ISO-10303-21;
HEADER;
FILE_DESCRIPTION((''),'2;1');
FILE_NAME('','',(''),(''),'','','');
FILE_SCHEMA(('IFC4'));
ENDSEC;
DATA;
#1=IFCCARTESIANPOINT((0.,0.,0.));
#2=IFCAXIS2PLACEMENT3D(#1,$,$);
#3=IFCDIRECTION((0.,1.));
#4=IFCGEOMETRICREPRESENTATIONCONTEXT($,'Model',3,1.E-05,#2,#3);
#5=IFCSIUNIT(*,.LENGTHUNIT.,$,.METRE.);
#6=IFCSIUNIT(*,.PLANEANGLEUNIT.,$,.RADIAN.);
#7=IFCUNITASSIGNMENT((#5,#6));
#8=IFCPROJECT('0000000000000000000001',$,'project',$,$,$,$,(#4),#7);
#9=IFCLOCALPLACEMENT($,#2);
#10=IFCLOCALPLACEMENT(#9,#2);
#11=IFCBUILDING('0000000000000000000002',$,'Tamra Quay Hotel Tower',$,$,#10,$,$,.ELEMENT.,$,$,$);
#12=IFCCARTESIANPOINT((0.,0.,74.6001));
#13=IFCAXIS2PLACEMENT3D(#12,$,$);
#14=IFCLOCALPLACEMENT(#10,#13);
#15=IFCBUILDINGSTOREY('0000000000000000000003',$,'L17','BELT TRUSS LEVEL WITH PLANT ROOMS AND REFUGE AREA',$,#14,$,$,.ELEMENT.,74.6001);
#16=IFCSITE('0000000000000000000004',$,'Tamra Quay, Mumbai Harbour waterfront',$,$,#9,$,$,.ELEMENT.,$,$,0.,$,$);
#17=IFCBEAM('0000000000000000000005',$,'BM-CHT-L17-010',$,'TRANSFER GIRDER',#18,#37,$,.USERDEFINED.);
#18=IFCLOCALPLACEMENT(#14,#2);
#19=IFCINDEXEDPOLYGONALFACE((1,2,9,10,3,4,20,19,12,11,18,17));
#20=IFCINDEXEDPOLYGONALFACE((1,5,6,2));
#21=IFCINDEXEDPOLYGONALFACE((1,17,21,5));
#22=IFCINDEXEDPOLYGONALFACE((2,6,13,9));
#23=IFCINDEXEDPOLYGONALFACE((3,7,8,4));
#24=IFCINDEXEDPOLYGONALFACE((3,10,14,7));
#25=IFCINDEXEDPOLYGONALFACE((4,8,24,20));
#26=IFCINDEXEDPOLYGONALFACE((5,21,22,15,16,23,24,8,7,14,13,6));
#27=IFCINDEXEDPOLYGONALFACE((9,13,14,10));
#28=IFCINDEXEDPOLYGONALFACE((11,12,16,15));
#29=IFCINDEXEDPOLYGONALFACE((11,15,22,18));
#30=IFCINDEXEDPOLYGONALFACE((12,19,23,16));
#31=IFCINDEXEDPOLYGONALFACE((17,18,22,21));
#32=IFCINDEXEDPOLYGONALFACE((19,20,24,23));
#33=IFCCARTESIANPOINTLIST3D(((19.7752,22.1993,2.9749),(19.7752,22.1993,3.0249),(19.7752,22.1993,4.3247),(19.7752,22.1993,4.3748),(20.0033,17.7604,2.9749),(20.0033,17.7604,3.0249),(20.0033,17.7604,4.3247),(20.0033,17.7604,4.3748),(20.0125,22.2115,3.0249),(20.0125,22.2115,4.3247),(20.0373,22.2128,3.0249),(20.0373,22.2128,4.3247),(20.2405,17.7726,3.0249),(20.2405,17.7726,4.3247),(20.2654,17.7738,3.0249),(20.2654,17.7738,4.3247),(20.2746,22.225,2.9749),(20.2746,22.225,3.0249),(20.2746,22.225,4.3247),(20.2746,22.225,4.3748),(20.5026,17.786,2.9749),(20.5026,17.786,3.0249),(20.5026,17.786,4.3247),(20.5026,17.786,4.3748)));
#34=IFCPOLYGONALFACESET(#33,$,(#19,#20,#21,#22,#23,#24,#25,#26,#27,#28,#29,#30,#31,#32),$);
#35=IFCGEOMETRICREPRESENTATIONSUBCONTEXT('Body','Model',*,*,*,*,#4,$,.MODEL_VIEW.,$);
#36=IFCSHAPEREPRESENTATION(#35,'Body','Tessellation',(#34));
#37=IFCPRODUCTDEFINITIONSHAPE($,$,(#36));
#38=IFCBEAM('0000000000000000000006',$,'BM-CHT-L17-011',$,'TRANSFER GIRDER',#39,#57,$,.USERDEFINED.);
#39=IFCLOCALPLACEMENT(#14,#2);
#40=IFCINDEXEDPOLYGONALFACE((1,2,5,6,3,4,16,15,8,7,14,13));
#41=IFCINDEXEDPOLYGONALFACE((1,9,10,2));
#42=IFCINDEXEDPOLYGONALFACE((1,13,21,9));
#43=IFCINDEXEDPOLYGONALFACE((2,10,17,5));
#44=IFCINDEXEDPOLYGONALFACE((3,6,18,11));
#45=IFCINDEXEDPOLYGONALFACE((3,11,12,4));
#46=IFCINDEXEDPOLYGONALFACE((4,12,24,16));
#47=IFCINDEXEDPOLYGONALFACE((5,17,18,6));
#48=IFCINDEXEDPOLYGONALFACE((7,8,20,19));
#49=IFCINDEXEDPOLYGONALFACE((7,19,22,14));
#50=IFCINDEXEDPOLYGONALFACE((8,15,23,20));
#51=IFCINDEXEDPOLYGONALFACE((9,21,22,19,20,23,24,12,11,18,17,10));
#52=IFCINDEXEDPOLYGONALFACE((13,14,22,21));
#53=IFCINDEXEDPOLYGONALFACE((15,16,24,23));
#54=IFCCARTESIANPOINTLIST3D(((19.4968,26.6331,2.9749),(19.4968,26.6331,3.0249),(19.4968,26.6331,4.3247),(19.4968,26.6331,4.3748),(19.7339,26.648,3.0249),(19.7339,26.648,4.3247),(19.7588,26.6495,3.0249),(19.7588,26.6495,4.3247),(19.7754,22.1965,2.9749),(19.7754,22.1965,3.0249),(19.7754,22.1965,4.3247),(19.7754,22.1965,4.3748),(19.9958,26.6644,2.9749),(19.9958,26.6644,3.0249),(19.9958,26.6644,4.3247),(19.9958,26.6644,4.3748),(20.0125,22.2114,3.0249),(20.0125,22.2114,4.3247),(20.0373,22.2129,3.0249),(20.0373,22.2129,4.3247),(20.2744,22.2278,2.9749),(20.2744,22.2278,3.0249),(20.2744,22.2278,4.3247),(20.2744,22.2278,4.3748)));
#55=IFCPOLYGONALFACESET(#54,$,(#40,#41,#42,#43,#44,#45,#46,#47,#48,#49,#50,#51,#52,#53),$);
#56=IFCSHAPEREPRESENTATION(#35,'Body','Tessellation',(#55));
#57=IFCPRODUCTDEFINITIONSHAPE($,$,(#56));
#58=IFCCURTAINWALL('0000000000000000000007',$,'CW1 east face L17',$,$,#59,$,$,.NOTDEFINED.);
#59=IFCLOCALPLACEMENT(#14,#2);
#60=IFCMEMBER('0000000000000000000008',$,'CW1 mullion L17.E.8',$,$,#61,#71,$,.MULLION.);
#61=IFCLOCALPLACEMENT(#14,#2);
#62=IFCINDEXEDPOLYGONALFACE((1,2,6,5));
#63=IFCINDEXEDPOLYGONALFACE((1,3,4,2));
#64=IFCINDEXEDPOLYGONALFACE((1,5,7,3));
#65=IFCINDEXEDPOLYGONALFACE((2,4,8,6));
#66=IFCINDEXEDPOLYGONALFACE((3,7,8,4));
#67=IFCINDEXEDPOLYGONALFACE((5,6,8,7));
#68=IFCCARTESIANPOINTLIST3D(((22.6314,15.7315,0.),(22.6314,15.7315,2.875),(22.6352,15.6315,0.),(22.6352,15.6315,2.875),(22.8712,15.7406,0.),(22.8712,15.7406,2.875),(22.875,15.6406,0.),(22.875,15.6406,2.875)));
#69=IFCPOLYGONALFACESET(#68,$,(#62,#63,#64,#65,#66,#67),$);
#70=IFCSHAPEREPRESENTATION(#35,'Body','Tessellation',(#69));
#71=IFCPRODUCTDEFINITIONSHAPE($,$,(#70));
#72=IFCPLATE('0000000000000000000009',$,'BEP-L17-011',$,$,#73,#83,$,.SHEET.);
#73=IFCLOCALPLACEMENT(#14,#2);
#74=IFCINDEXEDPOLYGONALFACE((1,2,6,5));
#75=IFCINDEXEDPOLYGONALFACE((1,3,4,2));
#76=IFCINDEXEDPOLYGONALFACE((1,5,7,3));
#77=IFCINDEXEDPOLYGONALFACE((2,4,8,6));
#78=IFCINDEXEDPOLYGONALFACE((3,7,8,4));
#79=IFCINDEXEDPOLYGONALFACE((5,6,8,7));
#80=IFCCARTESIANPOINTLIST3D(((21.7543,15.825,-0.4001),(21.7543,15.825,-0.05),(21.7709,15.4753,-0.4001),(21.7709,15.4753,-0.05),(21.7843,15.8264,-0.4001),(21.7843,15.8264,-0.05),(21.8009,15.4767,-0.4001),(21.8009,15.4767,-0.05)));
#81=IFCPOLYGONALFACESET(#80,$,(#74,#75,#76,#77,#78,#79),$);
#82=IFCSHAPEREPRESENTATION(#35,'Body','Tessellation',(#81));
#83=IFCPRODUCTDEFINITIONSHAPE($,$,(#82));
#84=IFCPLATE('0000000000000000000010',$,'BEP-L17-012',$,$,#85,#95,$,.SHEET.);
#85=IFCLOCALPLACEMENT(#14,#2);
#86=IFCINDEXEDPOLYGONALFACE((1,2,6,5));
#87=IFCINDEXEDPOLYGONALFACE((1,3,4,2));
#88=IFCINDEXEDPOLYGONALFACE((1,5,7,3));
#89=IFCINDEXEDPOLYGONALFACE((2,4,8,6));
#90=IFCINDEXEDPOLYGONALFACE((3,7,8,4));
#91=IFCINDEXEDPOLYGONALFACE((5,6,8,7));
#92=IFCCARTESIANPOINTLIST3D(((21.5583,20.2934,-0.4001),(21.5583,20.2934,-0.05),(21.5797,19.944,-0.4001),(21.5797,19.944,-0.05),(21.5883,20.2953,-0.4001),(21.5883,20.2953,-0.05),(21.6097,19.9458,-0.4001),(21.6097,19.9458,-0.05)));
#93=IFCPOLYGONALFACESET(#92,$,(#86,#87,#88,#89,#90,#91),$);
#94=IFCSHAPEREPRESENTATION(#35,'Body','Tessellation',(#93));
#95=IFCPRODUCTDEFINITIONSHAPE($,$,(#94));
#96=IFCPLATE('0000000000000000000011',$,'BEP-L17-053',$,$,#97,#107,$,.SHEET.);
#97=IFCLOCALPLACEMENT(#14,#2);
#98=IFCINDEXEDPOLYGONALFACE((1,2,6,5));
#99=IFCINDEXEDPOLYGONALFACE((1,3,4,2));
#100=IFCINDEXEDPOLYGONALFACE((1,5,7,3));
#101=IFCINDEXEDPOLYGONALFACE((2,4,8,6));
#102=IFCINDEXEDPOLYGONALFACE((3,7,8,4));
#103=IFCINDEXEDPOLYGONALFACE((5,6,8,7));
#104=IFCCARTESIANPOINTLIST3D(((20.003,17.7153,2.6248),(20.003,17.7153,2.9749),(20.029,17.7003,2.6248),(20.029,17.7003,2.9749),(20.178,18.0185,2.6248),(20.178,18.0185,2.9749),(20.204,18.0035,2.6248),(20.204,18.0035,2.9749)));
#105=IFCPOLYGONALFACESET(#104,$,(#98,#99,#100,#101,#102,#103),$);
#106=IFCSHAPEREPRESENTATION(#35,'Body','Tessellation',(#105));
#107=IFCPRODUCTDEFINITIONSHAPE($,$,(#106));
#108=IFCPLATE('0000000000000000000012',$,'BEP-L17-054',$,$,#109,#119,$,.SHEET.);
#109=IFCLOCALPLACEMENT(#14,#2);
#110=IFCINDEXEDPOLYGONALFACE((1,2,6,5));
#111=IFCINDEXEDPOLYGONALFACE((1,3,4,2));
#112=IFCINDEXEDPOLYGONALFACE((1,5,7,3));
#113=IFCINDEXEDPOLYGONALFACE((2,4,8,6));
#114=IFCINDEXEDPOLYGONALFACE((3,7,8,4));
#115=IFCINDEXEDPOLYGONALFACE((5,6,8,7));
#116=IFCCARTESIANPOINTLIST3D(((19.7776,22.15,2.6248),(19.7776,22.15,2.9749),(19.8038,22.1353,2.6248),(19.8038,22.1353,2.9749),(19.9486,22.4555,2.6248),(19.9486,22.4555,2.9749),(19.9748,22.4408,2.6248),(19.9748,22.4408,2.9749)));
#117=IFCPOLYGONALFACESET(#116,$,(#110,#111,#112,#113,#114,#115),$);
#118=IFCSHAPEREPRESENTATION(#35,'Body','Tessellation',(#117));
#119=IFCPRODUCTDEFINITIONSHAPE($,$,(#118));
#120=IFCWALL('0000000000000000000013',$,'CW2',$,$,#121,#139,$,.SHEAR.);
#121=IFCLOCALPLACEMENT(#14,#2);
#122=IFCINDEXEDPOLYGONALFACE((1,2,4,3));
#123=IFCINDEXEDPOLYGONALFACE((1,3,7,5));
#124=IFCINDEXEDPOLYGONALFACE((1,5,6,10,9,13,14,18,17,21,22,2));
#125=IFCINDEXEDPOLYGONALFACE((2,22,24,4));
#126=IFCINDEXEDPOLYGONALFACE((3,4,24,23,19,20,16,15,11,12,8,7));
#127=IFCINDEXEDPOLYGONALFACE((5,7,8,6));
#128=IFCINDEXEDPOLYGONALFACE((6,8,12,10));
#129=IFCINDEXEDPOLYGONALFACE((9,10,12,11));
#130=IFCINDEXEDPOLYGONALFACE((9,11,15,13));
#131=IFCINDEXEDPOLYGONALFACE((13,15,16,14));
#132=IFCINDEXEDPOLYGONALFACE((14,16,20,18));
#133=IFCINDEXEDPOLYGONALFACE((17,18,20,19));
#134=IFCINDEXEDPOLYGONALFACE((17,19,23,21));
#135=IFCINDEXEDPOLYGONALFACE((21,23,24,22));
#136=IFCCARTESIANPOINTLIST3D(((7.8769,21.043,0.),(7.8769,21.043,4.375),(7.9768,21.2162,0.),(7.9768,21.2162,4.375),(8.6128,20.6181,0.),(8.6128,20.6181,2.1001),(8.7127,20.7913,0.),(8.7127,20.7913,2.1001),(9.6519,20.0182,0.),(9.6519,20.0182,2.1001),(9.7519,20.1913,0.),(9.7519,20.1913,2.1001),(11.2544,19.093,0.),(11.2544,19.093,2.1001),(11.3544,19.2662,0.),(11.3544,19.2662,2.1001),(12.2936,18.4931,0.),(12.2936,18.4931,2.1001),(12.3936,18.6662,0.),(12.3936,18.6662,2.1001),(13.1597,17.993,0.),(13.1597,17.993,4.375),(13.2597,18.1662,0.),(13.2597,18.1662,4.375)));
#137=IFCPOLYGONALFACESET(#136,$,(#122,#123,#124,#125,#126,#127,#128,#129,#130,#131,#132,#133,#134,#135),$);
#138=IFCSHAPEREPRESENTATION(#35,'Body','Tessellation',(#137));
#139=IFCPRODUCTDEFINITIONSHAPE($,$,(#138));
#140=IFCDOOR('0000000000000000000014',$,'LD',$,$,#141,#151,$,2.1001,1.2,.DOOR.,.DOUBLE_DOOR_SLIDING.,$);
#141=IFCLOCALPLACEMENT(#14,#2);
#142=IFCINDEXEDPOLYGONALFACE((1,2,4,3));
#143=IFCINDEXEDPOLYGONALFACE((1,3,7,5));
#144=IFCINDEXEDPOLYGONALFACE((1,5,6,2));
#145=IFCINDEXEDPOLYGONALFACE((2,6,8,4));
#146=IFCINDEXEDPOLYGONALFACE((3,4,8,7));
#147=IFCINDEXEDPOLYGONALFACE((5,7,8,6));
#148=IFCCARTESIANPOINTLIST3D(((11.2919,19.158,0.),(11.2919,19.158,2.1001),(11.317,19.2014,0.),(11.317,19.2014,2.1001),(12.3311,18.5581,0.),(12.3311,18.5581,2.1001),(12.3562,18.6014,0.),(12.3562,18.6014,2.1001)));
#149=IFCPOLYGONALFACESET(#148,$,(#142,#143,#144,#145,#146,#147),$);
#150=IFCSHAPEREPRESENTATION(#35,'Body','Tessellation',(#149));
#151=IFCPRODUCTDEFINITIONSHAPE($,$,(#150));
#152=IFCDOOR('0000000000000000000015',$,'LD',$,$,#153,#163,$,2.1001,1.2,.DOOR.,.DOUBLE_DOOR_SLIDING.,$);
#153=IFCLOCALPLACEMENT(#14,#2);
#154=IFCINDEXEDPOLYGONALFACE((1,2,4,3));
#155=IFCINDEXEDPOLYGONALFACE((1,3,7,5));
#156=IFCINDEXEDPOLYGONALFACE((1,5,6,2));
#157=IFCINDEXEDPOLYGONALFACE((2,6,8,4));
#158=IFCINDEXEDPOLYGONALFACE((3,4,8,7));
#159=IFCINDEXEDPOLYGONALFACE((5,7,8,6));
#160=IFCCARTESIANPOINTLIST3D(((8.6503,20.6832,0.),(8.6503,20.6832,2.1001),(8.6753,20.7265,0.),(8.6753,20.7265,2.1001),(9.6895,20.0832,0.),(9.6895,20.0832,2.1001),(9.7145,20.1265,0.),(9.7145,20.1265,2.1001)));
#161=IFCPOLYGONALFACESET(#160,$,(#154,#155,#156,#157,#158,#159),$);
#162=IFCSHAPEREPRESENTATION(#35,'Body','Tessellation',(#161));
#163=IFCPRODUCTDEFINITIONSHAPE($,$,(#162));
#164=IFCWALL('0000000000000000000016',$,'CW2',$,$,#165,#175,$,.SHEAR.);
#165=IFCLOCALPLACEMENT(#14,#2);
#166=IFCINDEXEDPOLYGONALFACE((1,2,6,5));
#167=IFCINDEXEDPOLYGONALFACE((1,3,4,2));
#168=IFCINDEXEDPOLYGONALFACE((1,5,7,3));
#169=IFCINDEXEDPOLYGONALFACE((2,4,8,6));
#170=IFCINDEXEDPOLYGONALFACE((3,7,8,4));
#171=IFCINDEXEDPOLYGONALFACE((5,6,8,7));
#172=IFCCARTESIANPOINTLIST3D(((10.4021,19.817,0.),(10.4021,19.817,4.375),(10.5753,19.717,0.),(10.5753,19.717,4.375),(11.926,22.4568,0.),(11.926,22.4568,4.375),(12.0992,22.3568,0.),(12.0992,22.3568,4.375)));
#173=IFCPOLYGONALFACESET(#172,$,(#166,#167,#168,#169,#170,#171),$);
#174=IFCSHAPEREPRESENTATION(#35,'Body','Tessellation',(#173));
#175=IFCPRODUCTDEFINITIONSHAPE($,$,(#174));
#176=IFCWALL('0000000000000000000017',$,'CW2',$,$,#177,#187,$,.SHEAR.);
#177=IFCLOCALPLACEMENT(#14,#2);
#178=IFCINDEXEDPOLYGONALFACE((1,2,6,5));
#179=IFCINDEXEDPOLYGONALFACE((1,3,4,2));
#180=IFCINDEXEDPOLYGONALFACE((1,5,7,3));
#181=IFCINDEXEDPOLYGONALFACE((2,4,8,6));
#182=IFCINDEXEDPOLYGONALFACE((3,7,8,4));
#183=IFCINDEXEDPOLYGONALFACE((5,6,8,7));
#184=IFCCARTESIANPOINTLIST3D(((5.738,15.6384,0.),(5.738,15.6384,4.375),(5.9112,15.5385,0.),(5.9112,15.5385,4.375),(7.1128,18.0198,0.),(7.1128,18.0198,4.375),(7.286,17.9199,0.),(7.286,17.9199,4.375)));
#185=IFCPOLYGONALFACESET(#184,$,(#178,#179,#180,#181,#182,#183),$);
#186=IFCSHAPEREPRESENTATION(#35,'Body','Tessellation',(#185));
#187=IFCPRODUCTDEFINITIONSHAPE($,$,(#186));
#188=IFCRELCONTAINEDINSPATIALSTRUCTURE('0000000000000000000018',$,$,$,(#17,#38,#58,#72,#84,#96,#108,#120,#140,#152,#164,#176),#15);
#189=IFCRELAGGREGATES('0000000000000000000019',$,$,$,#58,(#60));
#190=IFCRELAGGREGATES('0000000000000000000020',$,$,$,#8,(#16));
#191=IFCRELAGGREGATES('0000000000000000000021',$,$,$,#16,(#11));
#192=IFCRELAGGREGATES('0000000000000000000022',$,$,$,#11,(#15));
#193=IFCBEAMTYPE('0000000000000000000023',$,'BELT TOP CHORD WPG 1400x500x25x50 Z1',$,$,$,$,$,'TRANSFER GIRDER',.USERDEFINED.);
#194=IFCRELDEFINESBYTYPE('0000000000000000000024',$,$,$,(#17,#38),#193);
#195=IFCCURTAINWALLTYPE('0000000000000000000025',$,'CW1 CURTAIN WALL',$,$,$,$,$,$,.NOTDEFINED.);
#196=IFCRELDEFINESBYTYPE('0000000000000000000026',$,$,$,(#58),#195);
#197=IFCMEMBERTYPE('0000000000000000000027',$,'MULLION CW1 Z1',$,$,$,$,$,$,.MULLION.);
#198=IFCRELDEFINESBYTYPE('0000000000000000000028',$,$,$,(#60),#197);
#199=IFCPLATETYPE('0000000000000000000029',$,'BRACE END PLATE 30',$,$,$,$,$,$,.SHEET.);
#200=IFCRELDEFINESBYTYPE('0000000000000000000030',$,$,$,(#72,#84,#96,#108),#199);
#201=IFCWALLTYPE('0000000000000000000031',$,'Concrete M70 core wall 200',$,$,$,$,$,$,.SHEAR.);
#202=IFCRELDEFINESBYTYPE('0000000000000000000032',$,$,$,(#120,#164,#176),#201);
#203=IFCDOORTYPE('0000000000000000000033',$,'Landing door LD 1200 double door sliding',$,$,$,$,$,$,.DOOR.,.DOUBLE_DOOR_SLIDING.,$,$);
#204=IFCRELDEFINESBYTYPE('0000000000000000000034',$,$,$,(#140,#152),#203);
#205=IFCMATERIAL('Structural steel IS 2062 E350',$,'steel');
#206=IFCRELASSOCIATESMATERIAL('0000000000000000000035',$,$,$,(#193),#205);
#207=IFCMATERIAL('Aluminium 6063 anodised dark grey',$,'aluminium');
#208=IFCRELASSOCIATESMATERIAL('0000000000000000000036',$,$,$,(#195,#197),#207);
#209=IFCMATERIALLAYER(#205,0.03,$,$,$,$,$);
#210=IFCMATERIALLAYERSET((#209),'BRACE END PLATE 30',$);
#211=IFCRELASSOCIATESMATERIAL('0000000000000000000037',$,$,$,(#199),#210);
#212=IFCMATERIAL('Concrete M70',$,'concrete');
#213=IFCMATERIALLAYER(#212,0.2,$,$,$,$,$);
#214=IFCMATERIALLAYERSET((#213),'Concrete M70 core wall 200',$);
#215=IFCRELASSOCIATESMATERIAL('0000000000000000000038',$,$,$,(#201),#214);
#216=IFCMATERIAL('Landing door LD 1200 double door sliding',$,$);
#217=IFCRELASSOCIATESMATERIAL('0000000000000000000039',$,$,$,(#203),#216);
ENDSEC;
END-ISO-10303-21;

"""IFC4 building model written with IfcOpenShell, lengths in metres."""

from ifc_helpers import new_model, si_unit, direction, frame, frame_2d, origin, origin_2d, place, context, subcontext, project, spatial, rectangle, i_section, extrude, material, layer, layer_set, material_profile, profile_set, type_object, element, fill, aggregate, save


model = new_model("IFC4")

# Units and contexts
model_context = context("Model", 3, precision=1e-05, world=origin(), true_north=direction((0.0, 1.0)))
body_context = subcontext(model_context, "Body", "Model", "MODEL_VIEW")
ifc_project = project(units=[si_unit("LENGTHUNIT", "METRE"), si_unit("PLANEANGLEUNIT", "RADIAN")], contexts=[model_context])

# Site, building, storey
site_placement = place(None, origin())
site = spatial("IfcSite", under=ifc_project, at=site_placement, Name="Tamra Quay, Mumbai Harbour waterfront", CompositionType="ELEMENT", RefElevation=0.0)
building_placement = place(site_placement, origin())
building = spatial("IfcBuilding", under=site, at=building_placement, Name="Tamra Quay Hotel Tower", CompositionType="ELEMENT")
storey_placement = place(building_placement, frame((0.0, 0.0, 74.6001)))
storey = spatial("IfcBuildingStorey", under=building, at=storey_placement, Name="L17", Description="BELT TRUSS LEVEL WITH PLANT ROOMS AND REFUGE AREA", CompositionType="ELEMENT", Elevation=74.6001)

# Shared definitions
ifc_material_1 = material(Name="Structural steel IS 2062 E350", Category="steel")

# Beams
ifc_material_profile_1 = material_profile(ifc_material_1, i_section(OverallWidth=0.5, OverallDepth=1.3999, WebThickness=0.0249, FlangeThickness=0.05, at=origin_2d()), Name="WPG 1400x500x25x50")
ifc_profile_set_1 = profile_set([ifc_material_profile_1], Name="Structural steel IS 2062 E350")
beam_type_1 = type_object("IfcBeamType", Name="BELT TOP CHORD WPG 1400x500x25x50 Z1", ElementType="TRANSFER GIRDER", PredefinedType="USERDEFINED", material=ifc_profile_set_1)
beam_1_placement = place(storey_placement, frame((20.2529, 17.7732, 3.6748), z_axis=(-0.051302, 0.998683, 0.0), x_axis=(-0.998683, -0.051302, 0.0)))
element("IfcBeam", 1, at=beam_1_placement, inside=storey, type_object=beam_type_1, Name="BM-CHT-L17-010", ObjectType="TRANSFER GIRDER", PredefinedType="USERDEFINED", context=body_context, shape_type="SweptSolid", body=[
    extrude(i_section(OverallWidth=0.5, OverallDepth=1.3999, WebThickness=0.0249, FlangeThickness=0.05, at=origin_2d()), origin(), (0.0, 0.0, 1.0), 4.4448),
])
beam_2_placement = place(storey_placement, frame((20.0249, 22.2122, 3.6748), z_axis=(-0.062665, 0.998035, 0.0), x_axis=(-0.998035, -0.062665, 0.0)))
element("IfcBeam", 2, at=beam_2_placement, inside=storey, type_object=beam_type_1, Name="BM-CHT-L17-011", ObjectType="TRANSFER GIRDER", PredefinedType="USERDEFINED", context=body_context, shape_type="SweptSolid", body=[
    extrude(i_section(OverallWidth=0.5, OverallDepth=1.3999, WebThickness=0.0249, FlangeThickness=0.05, at=origin_2d()), origin(), (0.0, 0.0, 1.0), 4.4453),
])

# Curtain wall, member
ifc_material_2 = material(Name="Aluminium 6063 anodised dark grey", Category="aluminium")
curtain_wall_type = type_object("IfcCurtainWallType", Name="CW1 CURTAIN WALL", PredefinedType="NOTDEFINED", material=ifc_material_2)
curtain_wall_placement = place(storey_placement, origin())
curtain_wall = element("IfcCurtainWall", 3, at=curtain_wall_placement, inside=storey, type_object=curtain_wall_type, Name="CW1 east face L17", PredefinedType="NOTDEFINED")
ifc_material_profile_2 = material_profile(ifc_material_2, rectangle(XDim=0.24, YDim=0.1001, at=origin_2d()), Name="MULLION 100X240")
ifc_profile_set_2 = profile_set([ifc_material_profile_2], Name="Aluminium 6063 anodised dark grey")
member_type_1 = type_object("IfcMemberType", Name="MULLION CW1 Z1", PredefinedType="MULLION", material=ifc_profile_set_2)
member_1_placement = place(storey_placement, frame((22.7532, 15.686, 0.0), z_axis=(0.0, 0.0, 1.0), x_axis=(0.999282, 0.037881, 0.0)))
member_1 = element("IfcMember", 4, at=member_1_placement, type_object=member_type_1, Name="CW1 mullion L17.E.8", PredefinedType="MULLION", context=body_context, shape_type="SweptSolid", body=[
    extrude(rectangle(XDim=0.24, YDim=0.1001, at=origin_2d()), origin(), (0.0, 0.0, 1.0), 2.875),
])
aggregate(curtain_wall, [member_1])

# Plates
ifc_layer_1 = layer(ifc_material_1, 0.03)
ifc_layer_set_1 = layer_set([ifc_layer_1], Name="BRACE END PLATE 30")
plate_type = type_object("IfcPlateType", Name="BRACE END PLATE 30", PredefinedType="SHEET", material=ifc_layer_set_1)
for number, where, z_axis, x_axis, name in (
    (5, (21.7776, 15.6509, -0.4001), (0.0, 0.0, 1.0), (0.998867, 0.047582, 0.0), "BEP-L17-011"),
    (6, (21.584, 20.1196, -0.4001), (0.0, 0.0, 1.0), (0.998126, 0.061193, 0.0), "BEP-L17-012"),
    (7, (20.1035, 17.8594, 2.6248), (0.0, 0.0, 1.0), (-0.866104, 0.499864, 0.0), "BEP-L17-053"),
    (8, (19.8762, 22.2954, 2.6248), (0.0, 0.0, 1.0), (-0.872579, 0.488474, 0.0), "BEP-L17-054"),
):
    element("IfcPlate", number, at=place(storey_placement, frame(where, z_axis=z_axis, x_axis=x_axis)), inside=storey, type_object=plate_type, Name=name, PredefinedType="SHEET", context=body_context, shape_type="SweptSolid", body=[
        extrude(rectangle(XDim=0.03, YDim=0.3501, at=origin_2d()), origin(), (0.0, 0.0, 1.0), 0.3501),
    ])

# Wall, openings, doors
ifc_material_3 = material(Name="Concrete M70", Category="concrete")
ifc_layer_2 = layer(ifc_material_3, 0.2)
ifc_layer_set_2 = layer_set([ifc_layer_2], Name="Concrete M70 core wall 200")
wall_type_1 = type_object("IfcWallType", Name="Concrete M70 core wall 200", PredefinedType="SHEAR", material=ifc_layer_set_2)
wall_1_placement = place(storey_placement, frame((13.2097, 18.0796, 0.0), z_axis=(0.0, 0.0, 1.0), x_axis=(-0.86603, 0.499992, 0.0)))
wall_1 = element("IfcWall", 9, at=wall_1_placement, inside=storey, type_object=wall_type_1, Name="CW2", PredefinedType="SHEAR", context=body_context, shape_type="SweptSolid", body=[
    extrude(rectangle(XDim=6.1001, YDim=0.2, at=frame_2d((3.05, 0.0))), origin(), (0.0, 0.0, 1.0), 4.375),
])
opening_1_placement = place(wall_1_placement, frame((1.0, 0.0, 0.0)))
opening_1 = element("IfcOpeningElement", 10, at=opening_1_placement, cuts=wall_1, PredefinedType="OPENING", context=body_context, shape_type="SweptSolid", body=[
    extrude(rectangle(XDim=1.2, YDim=2.1001, at=frame_2d((0.6001, 1.05))), frame((0.0, 0.1099, 0.0), z_axis=(0.0, -1.0, 0.0), x_axis=(1.0, 0.0, 0.0)), (0.0, 0.0, 1.0), 0.22),
])
opening_2_placement = place(wall_1_placement, frame((4.0503, 0.0, 0.0)))
opening_2 = element("IfcOpeningElement", 11, at=opening_2_placement, cuts=wall_1, PredefinedType="OPENING", context=body_context, shape_type="SweptSolid", body=[
    extrude(rectangle(XDim=1.2, YDim=2.1001, at=frame_2d((0.6001, 1.05))), frame((0.0, 0.1099, 0.0), z_axis=(0.0, -1.0, 0.0), x_axis=(1.0, 0.0, 0.0)), (0.0, 0.0, 1.0), 0.22),
])
ifc_material_4 = material(Name="Landing door LD 1200 double door sliding")
door_type_1 = type_object("IfcDoorType", Name="Landing door LD 1200 double door sliding", OperationType="DOUBLE_DOOR_SLIDING", PredefinedType="DOOR", material=ifc_material_4)
door_1_placement = place(opening_1_placement, origin())
door_1 = element("IfcDoor", 12, at=door_1_placement, inside=storey, type_object=door_type_1, Name="LD", OperationType="DOUBLE_DOOR_SLIDING", OverallHeight=2.1001, OverallWidth=1.2, PredefinedType="DOOR", context=body_context, shape_type="SweptSolid", body=[
    extrude(rectangle(XDim=1.2, YDim=2.1001, at=frame_2d((0.6001, 1.05))), frame((0.0, 0.0249, 0.0), z_axis=(0.0, -1.0, 0.0), x_axis=(1.0, 0.0, 0.0)), (0.0, 0.0, 1.0), 0.05),
])
fill(opening_1, door_1)
door_2_placement = place(opening_2_placement, origin())
door_2 = element("IfcDoor", 13, at=door_2_placement, inside=storey, type_object=door_type_1, Name="LD", OperationType="DOUBLE_DOOR_SLIDING", OverallHeight=2.1001, OverallWidth=1.2, PredefinedType="DOOR", context=body_context, shape_type="SweptSolid", body=[
    extrude(rectangle(XDim=1.2, YDim=2.1001, at=frame_2d((0.6001, 1.05))), frame((0.0, 0.0249, 0.0), z_axis=(0.0, -1.0, 0.0), x_axis=(1.0, 0.0, 0.0)), (0.0, 0.0, 1.0), 0.05),
])
fill(opening_2, door_2)

# Walls
wall_2_placement = place(storey_placement, frame((10.4888, 19.7671, 0.0), z_axis=(0.0, 0.0, 1.0), x_axis=(0.499947, 0.866056, 0.0)))
element("IfcWall", 14, at=wall_2_placement, inside=storey, type_object=wall_type_1, Name="CW2", PredefinedType="SHEAR", context=body_context, shape_type="SweptSolid", body=[
    extrude(rectangle(XDim=3.0481, YDim=0.2, at=frame_2d((1.5239, 0.0))), origin(), (0.0, 0.0, 1.0), 4.375),
])
wall_3_placement = place(storey_placement, frame((7.1995, 17.97, 0.0), z_axis=(0.0, 0.0, 1.0), x_axis=(-0.499968, -0.866044, 0.0)))
element("IfcWall", 15, at=wall_3_placement, inside=storey, type_object=wall_type_1, Name="CW2", PredefinedType="SHEAR", context=body_context, shape_type="SweptSolid", body=[
    extrude(rectangle(XDim=2.7498, YDim=0.2, at=frame_2d((1.375, 0.0))), origin(), (0.0, 0.0, 1.0), 4.375),
])

save(model, "model.ifc")
